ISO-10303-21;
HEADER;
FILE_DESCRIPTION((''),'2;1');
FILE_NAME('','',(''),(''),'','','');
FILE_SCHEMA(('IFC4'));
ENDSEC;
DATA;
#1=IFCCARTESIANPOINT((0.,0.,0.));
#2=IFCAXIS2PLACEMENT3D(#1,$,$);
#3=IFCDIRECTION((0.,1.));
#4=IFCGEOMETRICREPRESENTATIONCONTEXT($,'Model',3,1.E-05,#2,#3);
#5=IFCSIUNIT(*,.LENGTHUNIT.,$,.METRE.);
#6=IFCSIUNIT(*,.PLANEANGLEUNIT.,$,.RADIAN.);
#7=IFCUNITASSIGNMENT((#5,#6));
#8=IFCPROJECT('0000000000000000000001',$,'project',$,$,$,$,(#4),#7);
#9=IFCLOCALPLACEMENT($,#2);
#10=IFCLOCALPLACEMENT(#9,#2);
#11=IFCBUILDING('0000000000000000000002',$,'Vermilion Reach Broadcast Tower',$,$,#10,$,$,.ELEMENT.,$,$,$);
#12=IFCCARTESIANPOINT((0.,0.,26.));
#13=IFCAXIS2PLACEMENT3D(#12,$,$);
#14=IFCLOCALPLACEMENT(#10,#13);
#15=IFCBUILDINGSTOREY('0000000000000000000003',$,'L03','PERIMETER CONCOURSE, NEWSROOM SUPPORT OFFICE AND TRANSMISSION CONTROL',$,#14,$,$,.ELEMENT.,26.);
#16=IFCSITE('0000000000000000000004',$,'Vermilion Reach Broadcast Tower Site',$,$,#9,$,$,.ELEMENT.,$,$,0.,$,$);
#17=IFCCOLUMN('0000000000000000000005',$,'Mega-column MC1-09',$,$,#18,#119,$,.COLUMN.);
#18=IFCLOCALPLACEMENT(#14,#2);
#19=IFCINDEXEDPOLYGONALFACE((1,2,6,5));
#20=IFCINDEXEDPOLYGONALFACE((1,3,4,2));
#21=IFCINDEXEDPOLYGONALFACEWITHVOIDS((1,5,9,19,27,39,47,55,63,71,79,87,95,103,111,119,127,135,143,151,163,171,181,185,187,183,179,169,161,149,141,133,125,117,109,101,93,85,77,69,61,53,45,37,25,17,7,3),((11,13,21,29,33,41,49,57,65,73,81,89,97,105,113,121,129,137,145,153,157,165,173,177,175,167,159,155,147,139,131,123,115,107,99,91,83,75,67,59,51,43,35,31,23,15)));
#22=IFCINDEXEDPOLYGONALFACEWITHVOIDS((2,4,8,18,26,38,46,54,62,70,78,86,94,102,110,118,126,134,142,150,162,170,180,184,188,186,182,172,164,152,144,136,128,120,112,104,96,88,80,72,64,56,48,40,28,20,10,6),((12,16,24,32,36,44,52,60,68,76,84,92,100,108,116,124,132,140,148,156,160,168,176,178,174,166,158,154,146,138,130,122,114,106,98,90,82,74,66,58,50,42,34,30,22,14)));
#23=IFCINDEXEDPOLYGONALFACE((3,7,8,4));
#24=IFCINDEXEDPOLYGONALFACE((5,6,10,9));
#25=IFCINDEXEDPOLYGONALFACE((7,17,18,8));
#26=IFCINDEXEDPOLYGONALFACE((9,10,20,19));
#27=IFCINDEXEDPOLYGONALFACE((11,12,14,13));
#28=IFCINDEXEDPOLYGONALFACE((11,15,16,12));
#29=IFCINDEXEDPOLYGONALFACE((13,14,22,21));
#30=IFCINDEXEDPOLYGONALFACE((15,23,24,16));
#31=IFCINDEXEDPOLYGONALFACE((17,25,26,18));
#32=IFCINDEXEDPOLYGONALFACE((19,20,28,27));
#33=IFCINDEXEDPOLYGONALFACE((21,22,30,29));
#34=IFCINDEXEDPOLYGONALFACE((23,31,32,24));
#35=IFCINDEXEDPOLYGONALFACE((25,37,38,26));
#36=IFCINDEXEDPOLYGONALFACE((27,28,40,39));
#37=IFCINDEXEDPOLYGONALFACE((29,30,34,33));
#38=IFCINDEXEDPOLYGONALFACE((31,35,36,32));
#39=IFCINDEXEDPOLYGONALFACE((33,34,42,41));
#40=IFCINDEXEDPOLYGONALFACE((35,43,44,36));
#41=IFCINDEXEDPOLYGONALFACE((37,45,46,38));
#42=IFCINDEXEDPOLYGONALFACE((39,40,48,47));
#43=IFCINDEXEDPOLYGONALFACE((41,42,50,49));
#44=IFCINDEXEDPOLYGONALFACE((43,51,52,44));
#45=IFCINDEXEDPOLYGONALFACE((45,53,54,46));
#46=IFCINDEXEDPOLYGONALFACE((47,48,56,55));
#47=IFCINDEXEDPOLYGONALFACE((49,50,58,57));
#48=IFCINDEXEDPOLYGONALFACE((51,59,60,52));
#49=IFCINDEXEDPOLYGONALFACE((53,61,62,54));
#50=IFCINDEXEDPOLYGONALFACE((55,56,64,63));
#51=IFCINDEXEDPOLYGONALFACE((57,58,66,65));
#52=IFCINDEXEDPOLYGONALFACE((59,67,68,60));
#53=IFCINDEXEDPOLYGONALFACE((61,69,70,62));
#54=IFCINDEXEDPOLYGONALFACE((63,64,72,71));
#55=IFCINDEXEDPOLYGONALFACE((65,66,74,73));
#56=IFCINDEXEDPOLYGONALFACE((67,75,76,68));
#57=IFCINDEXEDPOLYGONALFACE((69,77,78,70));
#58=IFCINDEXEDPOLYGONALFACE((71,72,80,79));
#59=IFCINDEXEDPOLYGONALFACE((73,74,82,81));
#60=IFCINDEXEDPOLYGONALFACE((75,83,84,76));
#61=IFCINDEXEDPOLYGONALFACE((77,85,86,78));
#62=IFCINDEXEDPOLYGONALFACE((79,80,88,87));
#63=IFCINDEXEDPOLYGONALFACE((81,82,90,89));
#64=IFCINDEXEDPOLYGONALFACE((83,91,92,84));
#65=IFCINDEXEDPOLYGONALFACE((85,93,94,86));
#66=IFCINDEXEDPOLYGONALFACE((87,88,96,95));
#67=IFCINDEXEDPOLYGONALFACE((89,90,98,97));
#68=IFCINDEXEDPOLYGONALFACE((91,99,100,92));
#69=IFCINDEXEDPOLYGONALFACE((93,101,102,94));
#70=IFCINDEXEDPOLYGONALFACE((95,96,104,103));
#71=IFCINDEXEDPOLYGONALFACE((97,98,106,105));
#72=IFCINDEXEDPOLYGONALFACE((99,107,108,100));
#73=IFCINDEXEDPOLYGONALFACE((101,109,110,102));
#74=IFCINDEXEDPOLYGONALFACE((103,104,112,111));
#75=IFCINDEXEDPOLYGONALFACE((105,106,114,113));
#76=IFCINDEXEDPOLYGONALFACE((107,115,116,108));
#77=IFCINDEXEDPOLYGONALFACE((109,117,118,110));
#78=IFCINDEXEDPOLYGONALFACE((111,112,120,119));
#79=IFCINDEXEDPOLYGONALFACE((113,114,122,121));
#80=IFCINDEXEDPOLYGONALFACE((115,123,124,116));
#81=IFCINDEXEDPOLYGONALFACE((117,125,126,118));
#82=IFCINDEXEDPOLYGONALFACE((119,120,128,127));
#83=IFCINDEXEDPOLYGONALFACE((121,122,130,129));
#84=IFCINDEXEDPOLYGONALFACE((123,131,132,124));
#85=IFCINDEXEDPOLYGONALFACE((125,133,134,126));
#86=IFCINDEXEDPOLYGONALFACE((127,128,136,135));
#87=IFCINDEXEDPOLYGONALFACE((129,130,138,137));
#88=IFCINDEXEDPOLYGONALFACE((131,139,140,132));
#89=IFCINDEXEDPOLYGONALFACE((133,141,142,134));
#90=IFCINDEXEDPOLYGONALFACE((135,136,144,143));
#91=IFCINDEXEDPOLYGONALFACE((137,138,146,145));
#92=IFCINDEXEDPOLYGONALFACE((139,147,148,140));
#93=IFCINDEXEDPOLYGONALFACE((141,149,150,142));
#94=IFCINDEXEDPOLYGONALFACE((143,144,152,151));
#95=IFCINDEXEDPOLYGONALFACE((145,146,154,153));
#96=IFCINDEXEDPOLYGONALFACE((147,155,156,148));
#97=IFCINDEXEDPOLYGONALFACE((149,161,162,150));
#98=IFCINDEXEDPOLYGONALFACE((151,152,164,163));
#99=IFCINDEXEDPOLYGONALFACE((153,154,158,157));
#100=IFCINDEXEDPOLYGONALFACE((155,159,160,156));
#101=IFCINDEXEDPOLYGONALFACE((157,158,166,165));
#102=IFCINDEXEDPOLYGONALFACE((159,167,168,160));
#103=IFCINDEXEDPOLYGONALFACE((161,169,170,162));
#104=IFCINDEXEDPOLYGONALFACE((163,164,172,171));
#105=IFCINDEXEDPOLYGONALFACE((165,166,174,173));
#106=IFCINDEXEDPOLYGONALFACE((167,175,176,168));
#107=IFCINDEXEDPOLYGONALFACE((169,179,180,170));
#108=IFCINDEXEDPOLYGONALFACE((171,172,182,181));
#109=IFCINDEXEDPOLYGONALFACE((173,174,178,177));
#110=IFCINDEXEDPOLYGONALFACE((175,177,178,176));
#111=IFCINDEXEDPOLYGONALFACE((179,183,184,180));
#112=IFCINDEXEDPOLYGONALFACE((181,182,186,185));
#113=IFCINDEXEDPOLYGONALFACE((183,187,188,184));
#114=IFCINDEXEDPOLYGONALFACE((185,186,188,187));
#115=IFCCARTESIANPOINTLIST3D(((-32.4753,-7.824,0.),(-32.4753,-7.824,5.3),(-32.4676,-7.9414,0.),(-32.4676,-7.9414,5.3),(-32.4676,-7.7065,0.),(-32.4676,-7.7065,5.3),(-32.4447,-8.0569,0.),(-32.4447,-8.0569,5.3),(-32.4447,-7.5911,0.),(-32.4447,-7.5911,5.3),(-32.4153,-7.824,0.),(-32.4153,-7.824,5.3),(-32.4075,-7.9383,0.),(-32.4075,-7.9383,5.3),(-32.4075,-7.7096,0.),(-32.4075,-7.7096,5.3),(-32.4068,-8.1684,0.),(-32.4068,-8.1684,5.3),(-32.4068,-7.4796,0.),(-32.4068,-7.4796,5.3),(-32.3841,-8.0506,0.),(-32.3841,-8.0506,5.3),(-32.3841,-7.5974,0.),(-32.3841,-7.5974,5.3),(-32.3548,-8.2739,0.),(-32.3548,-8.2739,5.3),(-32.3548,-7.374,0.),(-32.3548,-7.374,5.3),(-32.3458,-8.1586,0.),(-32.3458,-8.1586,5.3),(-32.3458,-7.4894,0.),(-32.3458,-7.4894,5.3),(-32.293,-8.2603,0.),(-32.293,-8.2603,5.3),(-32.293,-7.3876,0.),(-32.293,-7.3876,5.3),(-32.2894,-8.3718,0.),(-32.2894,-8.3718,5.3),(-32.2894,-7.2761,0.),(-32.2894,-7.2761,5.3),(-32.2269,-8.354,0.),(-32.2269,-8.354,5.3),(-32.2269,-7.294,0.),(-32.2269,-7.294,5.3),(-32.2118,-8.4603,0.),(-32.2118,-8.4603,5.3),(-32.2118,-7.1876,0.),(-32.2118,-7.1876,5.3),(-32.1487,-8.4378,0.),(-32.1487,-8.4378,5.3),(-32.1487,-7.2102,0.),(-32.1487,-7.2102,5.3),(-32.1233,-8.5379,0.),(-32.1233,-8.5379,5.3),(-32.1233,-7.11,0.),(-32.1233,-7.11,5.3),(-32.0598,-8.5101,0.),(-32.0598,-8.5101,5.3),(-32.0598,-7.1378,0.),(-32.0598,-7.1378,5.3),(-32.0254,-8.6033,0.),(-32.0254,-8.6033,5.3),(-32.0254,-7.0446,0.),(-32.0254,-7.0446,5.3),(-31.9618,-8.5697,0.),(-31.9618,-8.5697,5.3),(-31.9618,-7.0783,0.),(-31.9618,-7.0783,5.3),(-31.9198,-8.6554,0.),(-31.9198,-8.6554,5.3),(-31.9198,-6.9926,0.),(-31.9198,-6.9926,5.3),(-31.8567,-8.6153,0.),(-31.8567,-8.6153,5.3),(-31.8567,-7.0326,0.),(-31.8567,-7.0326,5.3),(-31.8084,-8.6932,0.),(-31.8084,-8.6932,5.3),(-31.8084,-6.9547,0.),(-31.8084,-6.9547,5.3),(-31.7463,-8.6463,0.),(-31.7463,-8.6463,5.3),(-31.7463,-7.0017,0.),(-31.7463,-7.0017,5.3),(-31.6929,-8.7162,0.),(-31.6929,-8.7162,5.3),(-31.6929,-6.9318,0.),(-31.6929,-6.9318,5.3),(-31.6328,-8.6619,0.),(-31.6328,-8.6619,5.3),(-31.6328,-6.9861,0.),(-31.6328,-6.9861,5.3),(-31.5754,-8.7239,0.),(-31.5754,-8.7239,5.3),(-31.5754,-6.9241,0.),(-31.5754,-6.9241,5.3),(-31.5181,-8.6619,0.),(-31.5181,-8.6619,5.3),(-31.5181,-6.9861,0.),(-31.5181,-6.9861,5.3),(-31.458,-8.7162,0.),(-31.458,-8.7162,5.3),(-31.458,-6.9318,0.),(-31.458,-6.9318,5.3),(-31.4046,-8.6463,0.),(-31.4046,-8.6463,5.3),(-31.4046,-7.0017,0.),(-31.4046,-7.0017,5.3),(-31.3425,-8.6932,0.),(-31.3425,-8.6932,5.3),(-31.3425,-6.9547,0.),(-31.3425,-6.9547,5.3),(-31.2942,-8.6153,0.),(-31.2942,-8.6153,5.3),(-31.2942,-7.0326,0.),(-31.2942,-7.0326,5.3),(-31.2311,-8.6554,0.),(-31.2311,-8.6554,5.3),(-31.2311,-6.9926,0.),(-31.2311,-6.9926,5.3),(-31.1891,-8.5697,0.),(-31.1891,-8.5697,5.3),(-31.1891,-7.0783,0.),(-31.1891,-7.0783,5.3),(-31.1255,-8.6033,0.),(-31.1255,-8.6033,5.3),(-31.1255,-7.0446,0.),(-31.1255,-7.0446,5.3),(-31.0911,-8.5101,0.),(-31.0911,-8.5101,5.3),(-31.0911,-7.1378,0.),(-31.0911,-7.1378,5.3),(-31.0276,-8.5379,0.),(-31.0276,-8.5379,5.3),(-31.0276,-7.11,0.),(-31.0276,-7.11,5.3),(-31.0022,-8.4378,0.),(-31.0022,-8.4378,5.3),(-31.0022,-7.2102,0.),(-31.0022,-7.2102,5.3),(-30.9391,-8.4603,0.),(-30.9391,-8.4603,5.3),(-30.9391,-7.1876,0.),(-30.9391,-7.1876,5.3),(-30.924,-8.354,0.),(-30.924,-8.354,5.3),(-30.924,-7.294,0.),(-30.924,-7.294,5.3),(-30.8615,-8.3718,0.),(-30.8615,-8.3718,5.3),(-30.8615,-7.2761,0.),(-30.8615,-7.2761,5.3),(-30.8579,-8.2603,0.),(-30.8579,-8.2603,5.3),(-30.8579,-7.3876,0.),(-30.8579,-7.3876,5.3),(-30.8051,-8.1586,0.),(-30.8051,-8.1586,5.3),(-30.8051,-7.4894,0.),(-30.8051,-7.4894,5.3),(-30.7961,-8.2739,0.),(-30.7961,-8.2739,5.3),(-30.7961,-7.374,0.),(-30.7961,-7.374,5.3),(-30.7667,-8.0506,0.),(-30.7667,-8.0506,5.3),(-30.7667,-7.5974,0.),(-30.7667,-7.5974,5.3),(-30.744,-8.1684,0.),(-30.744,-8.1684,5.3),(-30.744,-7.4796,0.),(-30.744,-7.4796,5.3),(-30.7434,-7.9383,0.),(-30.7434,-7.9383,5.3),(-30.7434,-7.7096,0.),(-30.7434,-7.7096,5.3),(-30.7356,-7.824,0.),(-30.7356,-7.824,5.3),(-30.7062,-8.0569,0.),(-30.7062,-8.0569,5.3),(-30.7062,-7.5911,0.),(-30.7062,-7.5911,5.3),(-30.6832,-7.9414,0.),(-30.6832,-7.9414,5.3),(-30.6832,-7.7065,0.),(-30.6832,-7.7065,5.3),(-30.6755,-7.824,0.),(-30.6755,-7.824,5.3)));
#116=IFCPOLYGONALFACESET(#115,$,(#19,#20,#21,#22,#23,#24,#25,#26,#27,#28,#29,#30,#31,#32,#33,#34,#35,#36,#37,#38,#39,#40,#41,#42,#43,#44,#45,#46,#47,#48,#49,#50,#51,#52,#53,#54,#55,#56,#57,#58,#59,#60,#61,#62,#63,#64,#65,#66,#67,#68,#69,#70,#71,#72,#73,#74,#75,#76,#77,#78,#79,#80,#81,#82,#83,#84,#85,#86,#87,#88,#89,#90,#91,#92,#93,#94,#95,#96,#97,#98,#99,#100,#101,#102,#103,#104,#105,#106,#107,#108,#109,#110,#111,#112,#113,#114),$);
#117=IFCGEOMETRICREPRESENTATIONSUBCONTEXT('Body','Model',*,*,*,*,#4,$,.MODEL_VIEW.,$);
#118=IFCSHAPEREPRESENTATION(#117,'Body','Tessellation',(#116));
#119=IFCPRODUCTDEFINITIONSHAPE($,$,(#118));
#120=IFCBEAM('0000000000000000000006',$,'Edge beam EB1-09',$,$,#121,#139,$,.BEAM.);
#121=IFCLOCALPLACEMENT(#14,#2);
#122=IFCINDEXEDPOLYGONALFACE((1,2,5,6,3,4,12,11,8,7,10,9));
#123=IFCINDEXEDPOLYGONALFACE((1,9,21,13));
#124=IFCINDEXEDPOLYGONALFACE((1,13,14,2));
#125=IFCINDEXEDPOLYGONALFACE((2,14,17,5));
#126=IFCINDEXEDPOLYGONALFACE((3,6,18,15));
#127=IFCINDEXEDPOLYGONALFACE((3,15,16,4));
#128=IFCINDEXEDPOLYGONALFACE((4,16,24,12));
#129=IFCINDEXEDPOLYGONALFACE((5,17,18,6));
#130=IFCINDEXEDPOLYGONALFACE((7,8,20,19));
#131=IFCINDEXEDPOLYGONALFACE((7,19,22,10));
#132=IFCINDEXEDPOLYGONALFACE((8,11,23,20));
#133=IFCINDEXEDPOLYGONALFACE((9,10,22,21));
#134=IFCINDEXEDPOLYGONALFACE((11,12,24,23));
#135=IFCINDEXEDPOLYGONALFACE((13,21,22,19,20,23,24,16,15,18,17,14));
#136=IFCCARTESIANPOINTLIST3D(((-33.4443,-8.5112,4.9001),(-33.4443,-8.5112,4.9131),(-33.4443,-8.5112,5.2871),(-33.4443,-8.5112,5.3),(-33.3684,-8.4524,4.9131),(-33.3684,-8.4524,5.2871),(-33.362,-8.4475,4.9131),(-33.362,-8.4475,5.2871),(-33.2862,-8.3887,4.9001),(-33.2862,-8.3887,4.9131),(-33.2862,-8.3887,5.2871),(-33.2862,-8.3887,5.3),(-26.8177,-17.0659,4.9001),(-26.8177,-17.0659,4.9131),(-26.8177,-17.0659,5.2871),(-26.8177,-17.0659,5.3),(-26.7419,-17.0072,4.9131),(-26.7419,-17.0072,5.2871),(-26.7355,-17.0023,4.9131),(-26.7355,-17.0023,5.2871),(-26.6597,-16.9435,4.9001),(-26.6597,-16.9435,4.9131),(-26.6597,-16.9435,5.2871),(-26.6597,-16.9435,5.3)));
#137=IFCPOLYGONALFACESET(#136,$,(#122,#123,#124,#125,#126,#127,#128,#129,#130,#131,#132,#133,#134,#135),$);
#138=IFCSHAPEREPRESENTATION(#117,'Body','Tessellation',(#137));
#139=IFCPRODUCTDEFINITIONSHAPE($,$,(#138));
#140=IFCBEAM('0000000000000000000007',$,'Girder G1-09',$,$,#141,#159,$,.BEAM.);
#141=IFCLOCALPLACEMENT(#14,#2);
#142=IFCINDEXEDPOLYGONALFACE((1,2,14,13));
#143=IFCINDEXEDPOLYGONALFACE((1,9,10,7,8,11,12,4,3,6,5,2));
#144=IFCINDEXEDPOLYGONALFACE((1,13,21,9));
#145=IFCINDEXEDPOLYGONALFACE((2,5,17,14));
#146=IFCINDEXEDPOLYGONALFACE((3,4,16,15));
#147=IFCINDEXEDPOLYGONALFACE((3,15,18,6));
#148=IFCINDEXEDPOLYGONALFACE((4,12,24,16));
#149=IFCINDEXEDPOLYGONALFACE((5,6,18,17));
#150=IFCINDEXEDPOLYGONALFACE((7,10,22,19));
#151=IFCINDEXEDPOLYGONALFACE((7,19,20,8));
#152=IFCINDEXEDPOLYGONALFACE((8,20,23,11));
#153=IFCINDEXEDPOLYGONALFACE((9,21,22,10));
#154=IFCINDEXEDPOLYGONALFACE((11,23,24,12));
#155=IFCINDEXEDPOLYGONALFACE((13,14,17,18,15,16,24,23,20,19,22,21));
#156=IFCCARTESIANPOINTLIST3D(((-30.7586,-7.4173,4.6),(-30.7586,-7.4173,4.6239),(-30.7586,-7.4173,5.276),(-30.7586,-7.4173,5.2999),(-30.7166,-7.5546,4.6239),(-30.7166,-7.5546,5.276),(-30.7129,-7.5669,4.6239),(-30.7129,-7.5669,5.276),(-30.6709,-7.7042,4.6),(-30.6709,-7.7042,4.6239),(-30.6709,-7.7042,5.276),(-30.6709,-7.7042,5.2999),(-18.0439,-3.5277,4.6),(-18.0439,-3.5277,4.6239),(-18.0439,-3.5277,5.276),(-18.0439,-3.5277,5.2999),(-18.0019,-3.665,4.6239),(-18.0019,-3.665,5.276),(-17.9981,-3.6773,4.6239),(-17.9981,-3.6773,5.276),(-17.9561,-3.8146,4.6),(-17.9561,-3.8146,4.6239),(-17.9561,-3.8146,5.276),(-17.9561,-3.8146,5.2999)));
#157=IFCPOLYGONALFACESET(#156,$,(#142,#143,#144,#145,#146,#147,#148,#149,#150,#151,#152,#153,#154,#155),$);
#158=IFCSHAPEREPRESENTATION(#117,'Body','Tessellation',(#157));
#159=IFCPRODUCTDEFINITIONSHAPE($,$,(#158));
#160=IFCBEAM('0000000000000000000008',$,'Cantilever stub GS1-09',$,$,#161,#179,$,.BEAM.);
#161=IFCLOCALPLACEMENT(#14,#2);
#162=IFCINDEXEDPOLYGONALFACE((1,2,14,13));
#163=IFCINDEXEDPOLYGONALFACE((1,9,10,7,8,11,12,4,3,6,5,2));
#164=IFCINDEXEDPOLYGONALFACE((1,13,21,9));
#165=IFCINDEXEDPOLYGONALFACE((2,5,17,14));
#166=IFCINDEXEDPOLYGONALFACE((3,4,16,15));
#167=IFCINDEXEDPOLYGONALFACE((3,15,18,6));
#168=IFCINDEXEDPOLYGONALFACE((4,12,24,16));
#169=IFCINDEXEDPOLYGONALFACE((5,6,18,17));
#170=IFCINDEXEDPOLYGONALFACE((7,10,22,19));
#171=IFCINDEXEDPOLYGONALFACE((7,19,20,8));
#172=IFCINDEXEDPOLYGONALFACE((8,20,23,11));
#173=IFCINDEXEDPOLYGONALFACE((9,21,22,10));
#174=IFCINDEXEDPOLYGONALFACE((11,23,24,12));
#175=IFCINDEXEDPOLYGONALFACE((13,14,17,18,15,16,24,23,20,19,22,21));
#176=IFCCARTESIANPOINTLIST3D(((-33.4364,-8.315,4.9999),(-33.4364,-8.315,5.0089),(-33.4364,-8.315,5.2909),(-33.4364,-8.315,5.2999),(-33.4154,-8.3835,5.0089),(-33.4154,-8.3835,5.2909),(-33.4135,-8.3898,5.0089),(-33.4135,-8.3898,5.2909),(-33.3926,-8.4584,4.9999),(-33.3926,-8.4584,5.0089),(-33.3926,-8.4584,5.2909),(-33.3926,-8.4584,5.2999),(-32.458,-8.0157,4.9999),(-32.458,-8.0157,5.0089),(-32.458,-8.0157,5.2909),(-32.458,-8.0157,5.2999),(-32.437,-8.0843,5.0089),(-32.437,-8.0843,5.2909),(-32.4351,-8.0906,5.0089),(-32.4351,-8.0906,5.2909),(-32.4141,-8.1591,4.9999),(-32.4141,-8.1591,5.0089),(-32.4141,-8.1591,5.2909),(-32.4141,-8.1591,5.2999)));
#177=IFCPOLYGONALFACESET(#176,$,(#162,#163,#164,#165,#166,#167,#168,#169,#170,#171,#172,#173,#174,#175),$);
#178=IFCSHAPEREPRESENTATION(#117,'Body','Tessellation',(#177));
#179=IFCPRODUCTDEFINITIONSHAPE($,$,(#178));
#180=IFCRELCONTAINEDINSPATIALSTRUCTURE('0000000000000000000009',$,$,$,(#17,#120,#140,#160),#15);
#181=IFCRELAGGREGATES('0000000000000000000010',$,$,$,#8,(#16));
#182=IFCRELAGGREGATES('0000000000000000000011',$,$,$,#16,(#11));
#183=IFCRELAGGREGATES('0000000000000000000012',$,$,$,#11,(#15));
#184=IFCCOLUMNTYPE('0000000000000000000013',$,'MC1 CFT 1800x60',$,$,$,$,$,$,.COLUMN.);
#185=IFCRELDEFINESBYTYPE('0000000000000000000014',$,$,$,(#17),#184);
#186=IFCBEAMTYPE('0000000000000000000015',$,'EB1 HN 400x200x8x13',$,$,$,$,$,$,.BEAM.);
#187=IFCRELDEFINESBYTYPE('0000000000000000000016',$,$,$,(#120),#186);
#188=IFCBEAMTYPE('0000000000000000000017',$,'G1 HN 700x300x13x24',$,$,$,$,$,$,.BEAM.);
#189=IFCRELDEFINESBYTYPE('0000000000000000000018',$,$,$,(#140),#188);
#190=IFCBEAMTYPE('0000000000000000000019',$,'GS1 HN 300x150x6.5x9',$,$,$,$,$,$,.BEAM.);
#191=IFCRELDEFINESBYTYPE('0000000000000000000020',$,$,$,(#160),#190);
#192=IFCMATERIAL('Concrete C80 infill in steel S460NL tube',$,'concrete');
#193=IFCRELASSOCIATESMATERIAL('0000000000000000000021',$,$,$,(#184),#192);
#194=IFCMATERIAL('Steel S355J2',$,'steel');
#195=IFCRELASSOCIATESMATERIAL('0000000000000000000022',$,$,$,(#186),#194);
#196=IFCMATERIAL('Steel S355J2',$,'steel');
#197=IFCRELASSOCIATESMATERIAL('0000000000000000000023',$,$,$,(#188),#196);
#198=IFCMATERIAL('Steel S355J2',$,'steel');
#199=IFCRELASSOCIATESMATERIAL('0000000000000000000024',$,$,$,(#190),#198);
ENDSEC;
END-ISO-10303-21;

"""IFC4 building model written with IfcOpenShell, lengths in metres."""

from ifc_helpers import new_model, si_unit, direction, frame, origin, origin_2d, place, context, subcontext, project, spatial, hollow_circle, i_section, extrude, material, material_profile, profile_set, type_object, element, save


model = new_model("IFC4")

# Units and contexts
model_context = context("Model", 3, precision=1e-05, world=origin(), true_north=direction((0.0, 1.0)))
body_context = subcontext(model_context, "Body", "Model", "MODEL_VIEW")
ifc_project = project(units=[si_unit("LENGTHUNIT", "METRE"), si_unit("PLANEANGLEUNIT", "RADIAN")], contexts=[model_context])

# Site, building, storey
site_placement = place(None, origin())
site = spatial("IfcSite", under=ifc_project, at=site_placement, Name="Vermilion Reach Broadcast Tower Site", CompositionType="ELEMENT", RefElevation=0.0)
building_placement = place(site_placement, origin())
building = spatial("IfcBuilding", under=site, at=building_placement, Name="Vermilion Reach Broadcast Tower", CompositionType="ELEMENT")
storey_placement = place(building_placement, frame((0.0, 0.0, 26.0)))
storey = spatial("IfcBuildingStorey", under=building, at=storey_placement, Name="L03", Description="PERIMETER CONCOURSE, NEWSROOM SUPPORT OFFICE AND TRANSMISSION CONTROL", CompositionType="ELEMENT", Elevation=26.0)

# Column
ifc_material_1 = material(Name="Concrete C80 infill in steel S460NL tube", Category="concrete")
ifc_material_profile_1 = material_profile(ifc_material_1, hollow_circle(Radius=0.8999, WallThickness=0.0601, at=origin_2d()), Name="Concrete C80 infill in steel S460NL tube CFT 1800x60")
ifc_profile_set_1 = profile_set([ifc_material_profile_1], Name="Concrete C80 infill in steel S460NL tube")
column_type = type_object("IfcColumnType", Name="MC1 CFT 1800x60", PredefinedType="COLUMN", material=ifc_profile_set_1)
column_placement = place(storey_placement, frame((-31.5754, -7.824, 0.0), z_axis=(0.0, 0.0, 1.0), x_axis=(1.0, 0.0, 0.0)))
element("IfcColumn", 1, at=column_placement, inside=storey, type_object=column_type, Name="Mega-column MC1-09", PredefinedType="COLUMN", context=body_context, shape_type="SweptSolid", body=[
    extrude(hollow_circle(Radius=0.8999, WallThickness=0.0601, at=origin_2d()), origin(), (0.0, 0.0, 1.0), 5.3),
])

# Beams
ifc_material_2 = material(Name="Steel S355J2", Category="steel")
ifc_material_profile_2 = material_profile(ifc_material_2, i_section(OverallWidth=0.2, OverallDepth=0.3999, WebThickness=0.0081, FlangeThickness=0.0129, at=origin_2d()), Name="S355J2 HN 400x200x8x13")
ifc_profile_set_2 = profile_set([ifc_material_profile_2], Name="Steel S355J2")
beam_type_1 = type_object("IfcBeamType", Name="EB1 HN 400x200x8x13", PredefinedType="BEAM", material=ifc_profile_set_2)
beam_1_placement = place(storey_placement, frame((-33.3652, -8.45, 5.1001), z_axis=(0.612374, -0.790568, 0.0), x_axis=(0.790568, 0.612374, 0.0)))
element("IfcBeam", 2, at=beam_1_placement, inside=storey, type_object=beam_type_1, Name="Edge beam EB1-09", PredefinedType="BEAM", context=body_context, shape_type="SweptSolid", body=[
    extrude(i_section(OverallWidth=0.2, OverallDepth=0.3999, WebThickness=0.0081, FlangeThickness=0.0129, at=origin_2d()), origin(), (0.0, 0.0, 1.0), 10.821),
])
ifc_material_3 = material(Name="Steel S355J2", Category="steel")
ifc_material_profile_3 = material_profile(ifc_material_3, i_section(OverallWidth=0.3, OverallDepth=0.7, WebThickness=0.0129, FlangeThickness=0.0239, at=origin_2d()), Name="S355J2 HN 700x300x13x24")
ifc_profile_set_3 = profile_set([ifc_material_profile_3], Name="Steel S355J2")
beam_type_2 = type_object("IfcBeamType", Name="G1 HN 700x300x13x24", PredefinedType="BEAM", material=ifc_profile_set_3)
beam_2_placement = place(storey_placement, frame((-18.0, -3.6711, 4.95), z_axis=(-0.956256, -0.292532, 0.0), x_axis=(0.292532, -0.956256, 0.0)))
element("IfcBeam", 3, at=beam_2_placement, inside=storey, type_object=beam_type_2, Name="Girder G1-09", PredefinedType="BEAM", context=body_context, shape_type="SweptSolid", body=[
    extrude(i_section(OverallWidth=0.3, OverallDepth=0.7, WebThickness=0.0129, FlangeThickness=0.0239, at=origin_2d()), origin(), (0.0, 0.0, 1.0), 13.2964),
])
ifc_material_4 = material(Name="Steel S355J2", Category="steel")
ifc_material_profile_4 = material_profile(ifc_material_4, i_section(OverallWidth=0.1499, OverallDepth=0.3, WebThickness=0.0066, FlangeThickness=0.009, at=origin_2d()), Name="S355J2 HN 300x150x6.5x9")
ifc_profile_set_4 = profile_set([ifc_material_profile_4], Name="Steel S355J2")
beam_type_3 = type_object("IfcBeamType", Name="GS1 HN 300x150x6.5x9", PredefinedType="BEAM", material=ifc_profile_set_4)
beam_3_placement = place(storey_placement, frame((-32.436, -8.0874, 5.1499), z_axis=(-0.956263, -0.292509, 0.0), x_axis=(0.292509, -0.956263, 0.0)))
element("IfcBeam", 4, at=beam_3_placement, inside=storey, type_object=beam_type_3, Name="Cantilever stub GS1-09", PredefinedType="BEAM", context=body_context, shape_type="SweptSolid", body=[
    extrude(i_section(OverallWidth=0.1499, OverallDepth=0.3, WebThickness=0.0066, FlangeThickness=0.009, at=origin_2d()), origin(), (0.0, 0.0, 1.0), 1.0232),
])

save(model, "model.ifc")
